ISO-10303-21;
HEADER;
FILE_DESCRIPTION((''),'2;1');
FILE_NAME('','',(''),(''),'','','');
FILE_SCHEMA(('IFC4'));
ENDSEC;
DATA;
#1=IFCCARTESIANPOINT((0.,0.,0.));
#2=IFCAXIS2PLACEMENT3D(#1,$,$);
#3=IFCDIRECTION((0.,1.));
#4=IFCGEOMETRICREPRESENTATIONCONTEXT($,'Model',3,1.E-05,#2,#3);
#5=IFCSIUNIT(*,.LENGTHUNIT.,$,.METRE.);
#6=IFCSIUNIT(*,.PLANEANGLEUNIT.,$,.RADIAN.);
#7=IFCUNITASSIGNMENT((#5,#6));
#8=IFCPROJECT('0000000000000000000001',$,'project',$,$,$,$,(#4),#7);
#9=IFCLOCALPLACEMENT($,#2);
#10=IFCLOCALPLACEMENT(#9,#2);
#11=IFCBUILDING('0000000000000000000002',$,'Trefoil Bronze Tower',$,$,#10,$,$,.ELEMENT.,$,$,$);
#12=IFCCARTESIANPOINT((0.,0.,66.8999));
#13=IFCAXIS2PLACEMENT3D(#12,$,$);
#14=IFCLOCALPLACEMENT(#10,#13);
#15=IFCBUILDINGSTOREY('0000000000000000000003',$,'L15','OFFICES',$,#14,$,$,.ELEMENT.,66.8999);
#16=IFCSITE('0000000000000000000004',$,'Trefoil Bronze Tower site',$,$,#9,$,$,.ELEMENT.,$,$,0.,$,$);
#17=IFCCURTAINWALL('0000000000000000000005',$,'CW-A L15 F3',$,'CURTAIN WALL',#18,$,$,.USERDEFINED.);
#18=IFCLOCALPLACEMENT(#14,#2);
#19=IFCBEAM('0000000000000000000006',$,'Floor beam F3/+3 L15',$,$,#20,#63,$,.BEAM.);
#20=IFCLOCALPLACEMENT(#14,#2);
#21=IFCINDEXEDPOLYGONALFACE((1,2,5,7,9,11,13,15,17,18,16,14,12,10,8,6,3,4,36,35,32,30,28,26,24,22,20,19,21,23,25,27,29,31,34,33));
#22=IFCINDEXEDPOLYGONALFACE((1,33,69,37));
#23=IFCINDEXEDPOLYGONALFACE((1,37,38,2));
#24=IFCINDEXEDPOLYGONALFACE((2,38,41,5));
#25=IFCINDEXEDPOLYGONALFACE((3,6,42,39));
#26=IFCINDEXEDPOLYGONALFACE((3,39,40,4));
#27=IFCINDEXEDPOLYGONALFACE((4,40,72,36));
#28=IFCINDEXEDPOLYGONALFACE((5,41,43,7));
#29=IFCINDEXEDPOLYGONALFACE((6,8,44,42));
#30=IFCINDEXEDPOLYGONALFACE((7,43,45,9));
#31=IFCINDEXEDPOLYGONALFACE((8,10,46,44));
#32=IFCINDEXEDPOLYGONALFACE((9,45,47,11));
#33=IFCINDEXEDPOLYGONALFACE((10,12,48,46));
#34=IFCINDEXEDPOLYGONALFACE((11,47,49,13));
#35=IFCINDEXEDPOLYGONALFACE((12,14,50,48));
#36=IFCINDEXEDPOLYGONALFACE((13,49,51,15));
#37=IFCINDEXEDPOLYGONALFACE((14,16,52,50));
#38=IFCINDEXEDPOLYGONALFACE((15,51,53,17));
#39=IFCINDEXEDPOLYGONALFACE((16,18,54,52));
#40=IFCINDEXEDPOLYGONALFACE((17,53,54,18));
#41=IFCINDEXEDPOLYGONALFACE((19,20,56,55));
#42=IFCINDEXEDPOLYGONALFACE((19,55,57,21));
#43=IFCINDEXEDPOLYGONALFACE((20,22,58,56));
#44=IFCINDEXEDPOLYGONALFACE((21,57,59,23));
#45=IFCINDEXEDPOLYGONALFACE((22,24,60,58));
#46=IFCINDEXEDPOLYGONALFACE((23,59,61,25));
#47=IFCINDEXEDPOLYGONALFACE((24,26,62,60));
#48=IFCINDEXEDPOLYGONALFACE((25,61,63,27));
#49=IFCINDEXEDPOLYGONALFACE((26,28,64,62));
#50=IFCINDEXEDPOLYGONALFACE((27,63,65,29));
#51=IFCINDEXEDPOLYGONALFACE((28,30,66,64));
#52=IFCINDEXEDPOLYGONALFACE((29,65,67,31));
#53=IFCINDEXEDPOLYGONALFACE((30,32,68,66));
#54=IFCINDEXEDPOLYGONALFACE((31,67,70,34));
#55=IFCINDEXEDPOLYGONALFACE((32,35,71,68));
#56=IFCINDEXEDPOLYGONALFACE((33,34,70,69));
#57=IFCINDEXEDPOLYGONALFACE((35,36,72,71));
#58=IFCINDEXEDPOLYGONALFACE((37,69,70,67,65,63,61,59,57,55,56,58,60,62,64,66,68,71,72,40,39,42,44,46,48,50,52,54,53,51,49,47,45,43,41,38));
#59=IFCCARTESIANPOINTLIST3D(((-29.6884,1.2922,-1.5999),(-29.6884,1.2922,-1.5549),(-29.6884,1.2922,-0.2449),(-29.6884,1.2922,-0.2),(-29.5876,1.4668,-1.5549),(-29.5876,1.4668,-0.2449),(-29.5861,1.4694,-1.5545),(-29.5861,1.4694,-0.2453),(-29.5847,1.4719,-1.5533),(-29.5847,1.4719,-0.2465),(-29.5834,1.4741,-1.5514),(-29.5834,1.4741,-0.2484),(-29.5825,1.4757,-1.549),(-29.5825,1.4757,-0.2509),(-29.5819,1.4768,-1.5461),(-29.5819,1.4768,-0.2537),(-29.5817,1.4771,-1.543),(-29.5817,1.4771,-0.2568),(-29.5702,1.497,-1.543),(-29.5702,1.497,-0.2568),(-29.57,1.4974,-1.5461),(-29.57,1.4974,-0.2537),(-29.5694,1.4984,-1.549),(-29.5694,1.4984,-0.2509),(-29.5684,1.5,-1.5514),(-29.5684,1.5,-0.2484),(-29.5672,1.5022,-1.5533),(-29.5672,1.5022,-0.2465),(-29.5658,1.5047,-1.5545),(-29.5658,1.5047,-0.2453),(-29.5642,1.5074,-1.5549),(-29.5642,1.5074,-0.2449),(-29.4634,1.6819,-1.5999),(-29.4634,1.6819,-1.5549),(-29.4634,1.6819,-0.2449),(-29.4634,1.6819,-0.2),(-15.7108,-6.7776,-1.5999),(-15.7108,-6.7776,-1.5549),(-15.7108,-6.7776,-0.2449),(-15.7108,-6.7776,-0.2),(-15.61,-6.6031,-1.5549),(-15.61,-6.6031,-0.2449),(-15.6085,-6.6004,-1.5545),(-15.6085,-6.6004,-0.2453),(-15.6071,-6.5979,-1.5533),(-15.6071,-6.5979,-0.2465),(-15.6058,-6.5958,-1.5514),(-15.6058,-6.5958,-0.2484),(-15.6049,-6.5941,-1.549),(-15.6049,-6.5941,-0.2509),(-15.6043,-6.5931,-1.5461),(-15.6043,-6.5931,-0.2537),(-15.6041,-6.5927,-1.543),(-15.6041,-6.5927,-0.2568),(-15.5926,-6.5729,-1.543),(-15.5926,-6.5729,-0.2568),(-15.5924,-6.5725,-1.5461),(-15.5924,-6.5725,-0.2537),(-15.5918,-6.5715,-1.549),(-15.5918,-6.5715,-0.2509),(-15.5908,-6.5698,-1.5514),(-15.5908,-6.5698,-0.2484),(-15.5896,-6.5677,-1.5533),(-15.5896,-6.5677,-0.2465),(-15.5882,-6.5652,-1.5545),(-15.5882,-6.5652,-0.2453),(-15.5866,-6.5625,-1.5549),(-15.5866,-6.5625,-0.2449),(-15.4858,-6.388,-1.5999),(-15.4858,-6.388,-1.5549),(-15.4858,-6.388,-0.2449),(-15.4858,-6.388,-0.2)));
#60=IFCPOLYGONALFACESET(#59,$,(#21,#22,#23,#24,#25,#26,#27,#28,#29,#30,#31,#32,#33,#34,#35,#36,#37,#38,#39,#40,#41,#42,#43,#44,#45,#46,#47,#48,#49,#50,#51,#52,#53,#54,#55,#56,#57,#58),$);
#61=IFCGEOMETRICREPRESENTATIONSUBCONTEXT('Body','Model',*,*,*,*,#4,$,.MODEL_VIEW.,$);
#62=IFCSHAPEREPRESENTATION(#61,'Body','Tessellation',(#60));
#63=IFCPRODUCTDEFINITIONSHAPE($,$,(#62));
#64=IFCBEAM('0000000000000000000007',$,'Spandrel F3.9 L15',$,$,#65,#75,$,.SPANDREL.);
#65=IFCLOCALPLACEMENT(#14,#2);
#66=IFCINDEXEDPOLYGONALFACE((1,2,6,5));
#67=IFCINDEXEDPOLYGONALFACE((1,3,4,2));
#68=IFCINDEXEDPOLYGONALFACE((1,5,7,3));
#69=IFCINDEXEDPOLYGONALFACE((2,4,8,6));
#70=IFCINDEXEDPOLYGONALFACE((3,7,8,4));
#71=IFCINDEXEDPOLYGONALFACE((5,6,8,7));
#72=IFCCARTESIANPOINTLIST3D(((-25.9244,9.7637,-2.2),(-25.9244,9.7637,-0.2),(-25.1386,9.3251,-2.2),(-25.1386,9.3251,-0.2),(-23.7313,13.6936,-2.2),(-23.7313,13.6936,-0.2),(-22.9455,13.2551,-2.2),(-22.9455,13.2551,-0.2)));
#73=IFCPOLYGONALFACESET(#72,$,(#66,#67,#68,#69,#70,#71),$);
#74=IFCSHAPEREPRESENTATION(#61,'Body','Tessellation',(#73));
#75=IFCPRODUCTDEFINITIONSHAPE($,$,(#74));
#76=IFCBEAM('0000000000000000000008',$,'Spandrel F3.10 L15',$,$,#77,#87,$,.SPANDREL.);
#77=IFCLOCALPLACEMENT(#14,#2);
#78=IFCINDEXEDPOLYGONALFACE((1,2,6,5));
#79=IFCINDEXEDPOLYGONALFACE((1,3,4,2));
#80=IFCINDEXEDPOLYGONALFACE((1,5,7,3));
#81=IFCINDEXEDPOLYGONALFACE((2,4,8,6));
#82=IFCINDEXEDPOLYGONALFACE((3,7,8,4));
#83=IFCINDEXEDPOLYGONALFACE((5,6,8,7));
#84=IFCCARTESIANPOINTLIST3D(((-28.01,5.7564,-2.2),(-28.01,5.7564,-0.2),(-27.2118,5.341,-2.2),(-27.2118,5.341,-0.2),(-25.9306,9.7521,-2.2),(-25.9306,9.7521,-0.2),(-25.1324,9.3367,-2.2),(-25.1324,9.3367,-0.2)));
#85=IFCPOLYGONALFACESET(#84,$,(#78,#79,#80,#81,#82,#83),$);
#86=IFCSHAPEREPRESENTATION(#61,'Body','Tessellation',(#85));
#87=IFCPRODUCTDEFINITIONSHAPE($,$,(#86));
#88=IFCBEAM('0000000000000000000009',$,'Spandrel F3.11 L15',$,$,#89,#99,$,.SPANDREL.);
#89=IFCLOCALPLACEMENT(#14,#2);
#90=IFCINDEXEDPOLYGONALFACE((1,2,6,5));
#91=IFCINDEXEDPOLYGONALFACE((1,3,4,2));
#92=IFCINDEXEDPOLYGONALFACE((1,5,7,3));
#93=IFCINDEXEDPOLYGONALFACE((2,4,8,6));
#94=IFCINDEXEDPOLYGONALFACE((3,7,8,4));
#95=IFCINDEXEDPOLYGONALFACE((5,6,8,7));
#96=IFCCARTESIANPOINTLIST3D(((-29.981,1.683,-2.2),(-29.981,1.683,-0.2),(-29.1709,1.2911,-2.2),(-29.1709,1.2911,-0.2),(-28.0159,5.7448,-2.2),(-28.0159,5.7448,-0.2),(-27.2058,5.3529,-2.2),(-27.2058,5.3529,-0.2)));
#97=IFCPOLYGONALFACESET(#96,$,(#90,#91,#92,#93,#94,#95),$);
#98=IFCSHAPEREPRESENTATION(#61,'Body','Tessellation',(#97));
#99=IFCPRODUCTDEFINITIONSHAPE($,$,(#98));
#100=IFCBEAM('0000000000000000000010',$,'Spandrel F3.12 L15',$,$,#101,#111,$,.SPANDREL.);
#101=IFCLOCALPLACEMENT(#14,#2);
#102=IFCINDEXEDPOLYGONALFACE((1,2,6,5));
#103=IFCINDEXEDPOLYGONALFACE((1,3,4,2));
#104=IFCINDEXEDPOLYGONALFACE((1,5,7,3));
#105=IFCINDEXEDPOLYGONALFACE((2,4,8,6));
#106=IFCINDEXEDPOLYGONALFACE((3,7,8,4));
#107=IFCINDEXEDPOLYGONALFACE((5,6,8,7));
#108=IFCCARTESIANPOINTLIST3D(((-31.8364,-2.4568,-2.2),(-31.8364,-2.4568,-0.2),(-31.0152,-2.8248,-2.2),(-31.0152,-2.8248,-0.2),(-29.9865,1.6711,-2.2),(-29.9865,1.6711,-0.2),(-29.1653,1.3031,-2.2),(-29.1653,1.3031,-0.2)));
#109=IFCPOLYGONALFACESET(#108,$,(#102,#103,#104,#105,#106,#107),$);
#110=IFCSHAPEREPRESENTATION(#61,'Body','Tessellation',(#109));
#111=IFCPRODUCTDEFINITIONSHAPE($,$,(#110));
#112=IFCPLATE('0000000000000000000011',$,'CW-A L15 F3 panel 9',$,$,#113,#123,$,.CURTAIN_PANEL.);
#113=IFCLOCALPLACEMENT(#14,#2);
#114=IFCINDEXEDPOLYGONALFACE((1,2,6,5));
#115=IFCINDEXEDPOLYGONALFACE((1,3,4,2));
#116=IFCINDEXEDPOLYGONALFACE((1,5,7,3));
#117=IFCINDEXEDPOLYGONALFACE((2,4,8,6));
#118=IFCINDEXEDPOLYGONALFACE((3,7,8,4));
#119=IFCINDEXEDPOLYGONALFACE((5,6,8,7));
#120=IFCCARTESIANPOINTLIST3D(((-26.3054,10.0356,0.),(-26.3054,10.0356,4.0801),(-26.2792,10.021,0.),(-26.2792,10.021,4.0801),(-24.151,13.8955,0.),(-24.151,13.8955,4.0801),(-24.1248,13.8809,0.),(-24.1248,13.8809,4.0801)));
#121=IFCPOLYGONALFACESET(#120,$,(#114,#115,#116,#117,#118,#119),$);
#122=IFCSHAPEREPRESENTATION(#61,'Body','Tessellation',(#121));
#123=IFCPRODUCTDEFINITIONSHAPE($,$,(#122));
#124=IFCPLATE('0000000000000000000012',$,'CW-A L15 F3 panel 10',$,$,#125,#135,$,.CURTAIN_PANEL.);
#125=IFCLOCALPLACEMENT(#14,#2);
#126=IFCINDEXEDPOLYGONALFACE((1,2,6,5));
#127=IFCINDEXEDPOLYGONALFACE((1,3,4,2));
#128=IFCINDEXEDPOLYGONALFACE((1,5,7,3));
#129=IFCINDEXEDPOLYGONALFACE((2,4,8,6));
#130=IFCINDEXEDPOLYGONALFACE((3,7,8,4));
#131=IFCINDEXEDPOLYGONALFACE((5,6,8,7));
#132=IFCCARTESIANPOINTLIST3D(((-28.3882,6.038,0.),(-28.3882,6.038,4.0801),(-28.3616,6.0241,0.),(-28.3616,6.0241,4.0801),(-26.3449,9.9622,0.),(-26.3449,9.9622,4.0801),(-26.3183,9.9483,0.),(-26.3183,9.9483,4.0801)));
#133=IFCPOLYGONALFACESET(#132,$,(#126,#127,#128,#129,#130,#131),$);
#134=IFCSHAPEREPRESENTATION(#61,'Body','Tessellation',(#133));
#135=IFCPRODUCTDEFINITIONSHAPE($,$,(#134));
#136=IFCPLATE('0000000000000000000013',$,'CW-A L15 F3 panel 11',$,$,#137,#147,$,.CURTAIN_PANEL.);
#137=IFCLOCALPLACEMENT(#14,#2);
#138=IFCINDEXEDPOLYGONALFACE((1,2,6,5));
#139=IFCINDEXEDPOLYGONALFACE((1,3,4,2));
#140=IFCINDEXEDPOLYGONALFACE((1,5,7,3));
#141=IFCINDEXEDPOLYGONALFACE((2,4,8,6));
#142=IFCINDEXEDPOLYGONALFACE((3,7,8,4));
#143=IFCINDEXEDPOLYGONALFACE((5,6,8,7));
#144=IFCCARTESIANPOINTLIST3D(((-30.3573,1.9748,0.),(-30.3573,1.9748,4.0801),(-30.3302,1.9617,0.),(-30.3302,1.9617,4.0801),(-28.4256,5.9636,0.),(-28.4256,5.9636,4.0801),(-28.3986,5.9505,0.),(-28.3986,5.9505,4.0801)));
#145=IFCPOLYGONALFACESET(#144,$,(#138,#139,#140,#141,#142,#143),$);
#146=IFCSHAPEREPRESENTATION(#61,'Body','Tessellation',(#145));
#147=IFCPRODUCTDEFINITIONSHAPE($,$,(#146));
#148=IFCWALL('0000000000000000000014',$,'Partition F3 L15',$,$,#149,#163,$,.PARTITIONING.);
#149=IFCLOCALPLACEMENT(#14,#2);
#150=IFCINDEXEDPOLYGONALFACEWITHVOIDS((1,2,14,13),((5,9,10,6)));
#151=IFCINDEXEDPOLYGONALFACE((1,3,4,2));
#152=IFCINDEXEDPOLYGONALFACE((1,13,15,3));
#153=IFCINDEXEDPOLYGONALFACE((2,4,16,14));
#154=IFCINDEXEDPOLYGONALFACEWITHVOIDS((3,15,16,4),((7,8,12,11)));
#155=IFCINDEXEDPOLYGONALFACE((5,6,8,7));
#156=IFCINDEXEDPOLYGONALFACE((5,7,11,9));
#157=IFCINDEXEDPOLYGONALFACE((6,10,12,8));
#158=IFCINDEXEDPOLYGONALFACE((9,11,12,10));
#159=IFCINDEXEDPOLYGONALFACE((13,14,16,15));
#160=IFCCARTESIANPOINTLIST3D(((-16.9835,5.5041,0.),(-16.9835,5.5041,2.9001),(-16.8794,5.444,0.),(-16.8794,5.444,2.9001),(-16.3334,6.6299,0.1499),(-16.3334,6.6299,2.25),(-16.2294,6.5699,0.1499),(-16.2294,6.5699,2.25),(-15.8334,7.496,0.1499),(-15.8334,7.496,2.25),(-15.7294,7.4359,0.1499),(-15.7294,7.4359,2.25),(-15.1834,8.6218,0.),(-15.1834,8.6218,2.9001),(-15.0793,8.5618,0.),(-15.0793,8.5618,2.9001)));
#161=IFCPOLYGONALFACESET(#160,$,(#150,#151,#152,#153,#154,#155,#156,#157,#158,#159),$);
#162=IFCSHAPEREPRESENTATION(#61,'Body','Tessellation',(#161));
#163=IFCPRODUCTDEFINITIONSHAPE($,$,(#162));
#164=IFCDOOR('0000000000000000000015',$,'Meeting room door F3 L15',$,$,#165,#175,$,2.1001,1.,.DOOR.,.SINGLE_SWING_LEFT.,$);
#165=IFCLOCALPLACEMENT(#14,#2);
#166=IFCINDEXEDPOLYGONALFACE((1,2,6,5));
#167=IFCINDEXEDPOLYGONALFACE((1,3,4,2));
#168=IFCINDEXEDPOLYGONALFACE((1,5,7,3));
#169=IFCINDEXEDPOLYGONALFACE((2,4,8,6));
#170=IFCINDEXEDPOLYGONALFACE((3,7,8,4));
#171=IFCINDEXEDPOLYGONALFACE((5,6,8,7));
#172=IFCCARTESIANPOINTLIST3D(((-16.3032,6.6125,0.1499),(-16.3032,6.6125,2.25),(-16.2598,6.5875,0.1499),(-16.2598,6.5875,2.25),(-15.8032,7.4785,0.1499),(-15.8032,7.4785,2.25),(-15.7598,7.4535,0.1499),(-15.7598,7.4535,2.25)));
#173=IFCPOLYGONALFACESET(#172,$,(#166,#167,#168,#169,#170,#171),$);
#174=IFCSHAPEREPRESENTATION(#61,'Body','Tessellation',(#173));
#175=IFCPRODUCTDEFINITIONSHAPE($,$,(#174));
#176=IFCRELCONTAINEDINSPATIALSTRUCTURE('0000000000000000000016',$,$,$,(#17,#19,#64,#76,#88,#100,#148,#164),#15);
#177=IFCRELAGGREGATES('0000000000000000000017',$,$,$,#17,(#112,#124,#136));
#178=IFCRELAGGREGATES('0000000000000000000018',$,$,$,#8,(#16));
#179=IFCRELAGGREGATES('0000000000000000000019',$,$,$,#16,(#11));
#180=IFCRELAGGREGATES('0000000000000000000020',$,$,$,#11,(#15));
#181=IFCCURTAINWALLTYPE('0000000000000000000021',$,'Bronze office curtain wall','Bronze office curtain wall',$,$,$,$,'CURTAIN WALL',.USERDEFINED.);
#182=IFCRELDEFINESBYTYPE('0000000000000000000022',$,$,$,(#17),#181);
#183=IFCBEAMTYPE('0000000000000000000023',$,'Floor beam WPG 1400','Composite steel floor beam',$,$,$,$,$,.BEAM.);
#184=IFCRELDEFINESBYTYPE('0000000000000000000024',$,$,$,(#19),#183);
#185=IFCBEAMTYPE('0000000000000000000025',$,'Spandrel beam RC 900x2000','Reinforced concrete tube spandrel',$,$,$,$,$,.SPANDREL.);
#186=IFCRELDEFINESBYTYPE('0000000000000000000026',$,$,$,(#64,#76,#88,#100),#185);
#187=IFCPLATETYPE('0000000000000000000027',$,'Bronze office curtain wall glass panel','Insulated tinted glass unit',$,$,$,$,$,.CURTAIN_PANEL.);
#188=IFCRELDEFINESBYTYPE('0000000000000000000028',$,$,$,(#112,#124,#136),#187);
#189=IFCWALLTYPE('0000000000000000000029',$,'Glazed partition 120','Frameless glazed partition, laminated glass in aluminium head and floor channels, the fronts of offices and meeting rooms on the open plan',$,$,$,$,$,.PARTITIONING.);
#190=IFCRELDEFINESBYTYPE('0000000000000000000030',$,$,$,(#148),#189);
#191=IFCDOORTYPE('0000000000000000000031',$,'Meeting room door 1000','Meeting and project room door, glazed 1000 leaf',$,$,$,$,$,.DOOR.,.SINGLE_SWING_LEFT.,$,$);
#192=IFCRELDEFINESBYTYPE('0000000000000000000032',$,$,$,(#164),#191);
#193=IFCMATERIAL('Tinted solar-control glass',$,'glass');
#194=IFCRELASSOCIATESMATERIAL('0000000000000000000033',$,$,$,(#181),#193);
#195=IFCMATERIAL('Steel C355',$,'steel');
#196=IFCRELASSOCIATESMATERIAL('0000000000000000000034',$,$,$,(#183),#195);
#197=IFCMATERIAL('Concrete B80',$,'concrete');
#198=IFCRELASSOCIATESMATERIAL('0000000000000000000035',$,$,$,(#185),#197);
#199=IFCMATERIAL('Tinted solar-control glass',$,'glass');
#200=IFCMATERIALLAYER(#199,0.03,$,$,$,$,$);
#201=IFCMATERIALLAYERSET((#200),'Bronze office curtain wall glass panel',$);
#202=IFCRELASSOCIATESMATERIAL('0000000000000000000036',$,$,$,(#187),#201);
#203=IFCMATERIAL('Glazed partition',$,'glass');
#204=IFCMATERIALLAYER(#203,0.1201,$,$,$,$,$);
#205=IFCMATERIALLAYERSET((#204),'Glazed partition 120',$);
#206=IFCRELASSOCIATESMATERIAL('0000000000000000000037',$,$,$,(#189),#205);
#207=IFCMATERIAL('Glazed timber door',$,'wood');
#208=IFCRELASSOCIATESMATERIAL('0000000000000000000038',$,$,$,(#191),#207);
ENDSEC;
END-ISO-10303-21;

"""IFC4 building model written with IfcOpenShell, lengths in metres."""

from ifc_helpers import new_model, si_unit, direction, frame, frame_2d, origin, origin_2d, place, context, subcontext, project, spatial, rectangle, i_section, extrude, material, layer, layer_set, material_profile, profile_set, type_object, element, fill, aggregate, save


model = new_model("IFC4")

# Units and contexts
model_context = context("Model", 3, precision=1e-05, world=origin(), true_north=direction((0.0, 1.0)))
body_context = subcontext(model_context, "Body", "Model", "MODEL_VIEW")
ifc_project = project(units=[si_unit("LENGTHUNIT", "METRE"), si_unit("PLANEANGLEUNIT", "RADIAN")], contexts=[model_context])

# Site, building, storey
site_placement = place(None, origin())
site = spatial("IfcSite", under=ifc_project, at=site_placement, Name="Trefoil Bronze Tower site", CompositionType="ELEMENT", RefElevation=0.0)
building_placement = place(site_placement, origin())
building = spatial("IfcBuilding", under=site, at=building_placement, Name="Trefoil Bronze Tower", CompositionType="ELEMENT")
storey_placement = place(building_placement, frame((0.0, 0.0, 66.8999)))
storey = spatial("IfcBuildingStorey", under=building, at=storey_placement, Name="L15", Description="OFFICES", CompositionType="ELEMENT", Elevation=66.8999)

# Curtain wall
ifc_material_1 = material(Name="Tinted solar-control glass", Category="glass")
curtain_wall_type = type_object("IfcCurtainWallType", Name="Bronze office curtain wall", Description="Bronze office curtain wall", ElementType="CURTAIN WALL", PredefinedType="USERDEFINED", material=ifc_material_1)
curtain_wall_placement = place(storey_placement, origin())
curtain_wall = element("IfcCurtainWall", 1, at=curtain_wall_placement, inside=storey, type_object=curtain_wall_type, Name="CW-A L15 F3", ObjectType="CURTAIN WALL", PredefinedType="USERDEFINED")

# Beams
ifc_material_2 = material(Name="Steel C355", Category="steel")
ifc_material_profile_1 = material_profile(ifc_material_2, i_section(OverallWidth=0.45, OverallDepth=1.3999, WebThickness=0.0229, FlangeThickness=0.0449, FilletRadius=0.012, at=origin_2d()), Name="WPG 1400")
ifc_profile_set_1 = profile_set([ifc_material_profile_1], Name="Steel C355")
beam_type_1 = type_object("IfcBeamType", Name="Floor beam WPG 1400", Description="Composite steel floor beam", PredefinedType="BEAM", material=ifc_profile_set_1)
beam_1_placement = place(storey_placement, frame((-29.5759, 1.4871, -0.8999), z_axis=(0.866028, -0.499995, 0.0), x_axis=(0.499995, 0.866028, 0.0)))
element("IfcBeam", 2, at=beam_1_placement, inside=storey, type_object=beam_type_1, Name="Floor beam F3/+3 L15", PredefinedType="BEAM", context=body_context, shape_type="SweptSolid", body=[
    extrude(i_section(OverallWidth=0.45, OverallDepth=1.3999, WebThickness=0.0229, FlangeThickness=0.0449, FilletRadius=0.012, at=origin_2d()), origin(), (0.0, 0.0, 1.0), 16.1399),
])
ifc_material_3 = material(Name="Concrete B80", Category="concrete")
ifc_material_profile_2 = material_profile(ifc_material_3, rectangle(XDim=0.8999, YDim=2.0, at=origin_2d()), Name="RC 900x2000")
ifc_profile_set_2 = profile_set([ifc_material_profile_2], Name="Concrete B80")
beam_type_2 = type_object("IfcBeamType", Name="Spandrel beam RC 900x2000", Description="Reinforced concrete tube spandrel", PredefinedType="SPANDREL", material=ifc_profile_set_2)
beam_2_placement = place(storey_placement, frame((-23.3384, 13.4744, -1.2), z_axis=(-0.487309, -0.873229, 0.0), x_axis=(0.873229, -0.487309, 0.0)))
element("IfcBeam", 3, at=beam_2_placement, inside=storey, type_object=beam_type_2, Name="Spandrel F3.9 L15", PredefinedType="SPANDREL", context=body_context, shape_type="SweptSolid", body=[
    extrude(rectangle(XDim=0.8999, YDim=2.0, at=origin_2d()), origin(), (0.0, 0.0, 1.0), 4.5005),
])
beam_3_placement = place(storey_placement, frame((-25.5315, 9.5444, -1.2), z_axis=(-0.461638, -0.887069, 0.0), x_axis=(0.887069, -0.461638, 0.0)))
element("IfcBeam", 4, at=beam_3_placement, inside=storey, type_object=beam_type_2, Name="Spandrel F3.10 L15", PredefinedType="SPANDREL", context=body_context, shape_type="SweptSolid", body=[
    extrude(rectangle(XDim=0.8999, YDim=2.0, at=origin_2d()), origin(), (0.0, 0.0, 1.0), 4.5044),
])
beam_4_placement = place(storey_placement, frame((-27.6108, 5.5488, -1.2), z_axis=(-0.43551, -0.900184, 0.0), x_axis=(0.900184, -0.43551, 0.0)))
element("IfcBeam", 5, at=beam_4_placement, inside=storey, type_object=beam_type_2, Name="Spandrel F3.11 L15", PredefinedType="SPANDREL", context=body_context, shape_type="SweptSolid", body=[
    extrude(rectangle(XDim=0.8999, YDim=2.0, at=origin_2d()), origin(), (0.0, 0.0, 1.0), 4.5122),
])
beam_5_placement = place(storey_placement, frame((-29.5759, 1.4871, -1.2), z_axis=(-0.408946, -0.912559, 0.0), x_axis=(0.912559, -0.408946, 0.0)))
element("IfcBeam", 6, at=beam_5_placement, inside=storey, type_object=beam_type_2, Name="Spandrel F3.12 L15", PredefinedType="SPANDREL", context=body_context, shape_type="SweptSolid", body=[
    extrude(rectangle(XDim=0.8999, YDim=2.0, at=origin_2d()), origin(), (0.0, 0.0, 1.0), 4.5234),
])

# Plates
ifc_material_4 = material(Name="Tinted solar-control glass", Category="glass")
ifc_layer_1 = layer(ifc_material_4, 0.03)
ifc_layer_set_1 = layer_set([ifc_layer_1], Name="Bronze office curtain wall glass panel")
plate_type = type_object("IfcPlateType", Name="Bronze office curtain wall glass panel", Description="Insulated tinted glass unit", PredefinedType="CURTAIN_PANEL", material=ifc_layer_set_1)
plate_1_placement = place(storey_placement, frame((-25.2151, 11.9583, 0.0), z_axis=(0.0, 0.0, 1.0), x_axis=(-0.487382, -0.873189, 0.0)))
plate_1 = element("IfcPlate", 7, at=plate_1_placement, type_object=plate_type, Name="CW-A L15 F3 panel 9", PredefinedType="CURTAIN_PANEL", context=body_context, shape_type="SweptSolid", body=[
    extrude(rectangle(XDim=4.4204, YDim=0.03, at=origin_2d()), origin(), (0.0, 0.0, 1.0), 4.0801),
])
plate_2_placement = place(storey_placement, frame((-27.3533, 7.9932, 0.0), z_axis=(0.0, 0.0, 1.0), x_axis=(-0.46183, -0.886969, 0.0)))
plate_2 = element("IfcPlate", 8, at=plate_2_placement, type_object=plate_type, Name="CW-A L15 F3 panel 10", PredefinedType="CURTAIN_PANEL", context=body_context, shape_type="SweptSolid", body=[
    extrude(rectangle(XDim=4.4243, YDim=0.03, at=origin_2d()), origin(), (0.0, 0.0, 1.0), 4.0801),
])
plate_3_placement = place(storey_placement, frame((-29.3779, 3.9626, 0.0), z_axis=(0.0, 0.0, 1.0), x_axis=(-0.435855, -0.900017, 0.0)))
plate_3 = element("IfcPlate", 9, at=plate_3_placement, type_object=plate_type, Name="CW-A L15 F3 panel 11", PredefinedType="CURTAIN_PANEL", context=body_context, shape_type="SweptSolid", body=[
    extrude(rectangle(XDim=4.4319, YDim=0.03, at=origin_2d()), origin(), (0.0, 0.0, 1.0), 4.0801),
])
aggregate(curtain_wall, [plate_1, plate_2, plate_3])

# Wall, opening, door
ifc_material_5 = material(Name="Glazed partition", Category="glass")
ifc_layer_2 = layer(ifc_material_5, 0.1201)
ifc_layer_set_2 = layer_set([ifc_layer_2], Name="Glazed partition 120")
wall_type_1 = type_object("IfcWallType", Name="Glazed partition 120", Description="Frameless glazed partition, laminated glass in aluminium head and floor channels, the fronts of offices and meeting rooms on the open plan", PredefinedType="PARTITIONING", material=ifc_layer_set_2)
wall_1_placement = place(storey_placement, frame((-15.1313, 8.5918, 0.0), z_axis=(0.0, 0.0, 1.0), x_axis=(-0.500012, -0.866018, 0.0)))
wall_1 = element("IfcWall", 10, at=wall_1_placement, inside=storey, type_object=wall_type_1, Name="Partition F3 L15", PredefinedType="PARTITIONING", context=body_context, shape_type="SweptSolid", body=[
    extrude(rectangle(XDim=3.6001, YDim=0.1201, at=frame_2d((1.8, 0.0))), origin(), (0.0, 0.0, 1.0), 2.9001),
])
opening_1_placement = place(wall_1_placement, frame((1.3, 0.0, 0.1499)))
opening_1 = element("IfcOpeningElement", 11, at=opening_1_placement, cuts=wall_1, PredefinedType="OPENING", context=body_context, shape_type="SweptSolid", body=[
    extrude(rectangle(XDim=1.0, YDim=2.1001, at=frame_2d((0.5, 1.05))), frame((0.0, 0.0701, 0.0), z_axis=(0.0, -1.0, 0.0), x_axis=(1.0, 0.0, 0.0)), (0.0, 0.0, 1.0), 0.1401),
])
ifc_material_6 = material(Name="Glazed timber door", Category="wood")
door_type = type_object("IfcDoorType", Name="Meeting room door 1000", Description="Meeting and project room door, glazed 1000 leaf", OperationType="SINGLE_SWING_LEFT", PredefinedType="DOOR", material=ifc_material_6)
door_1_placement = place(opening_1_placement, origin())
door_1 = element("IfcDoor", 12, at=door_1_placement, inside=storey, type_object=door_type, Name="Meeting room door F3 L15", OperationType="SINGLE_SWING_LEFT", OverallHeight=2.1001, OverallWidth=1.0, PredefinedType="DOOR", context=body_context, shape_type="SweptSolid", body=[
    extrude(rectangle(XDim=1.0, YDim=2.1001, at=frame_2d((0.5, 1.05))), frame((0.0, 0.0249, 0.0), z_axis=(0.0, -1.0, 0.0), x_axis=(1.0, 0.0, 0.0)), (0.0, 0.0, 1.0), 0.05),
])
fill(opening_1, door_1)

save(model, "model.ifc")
